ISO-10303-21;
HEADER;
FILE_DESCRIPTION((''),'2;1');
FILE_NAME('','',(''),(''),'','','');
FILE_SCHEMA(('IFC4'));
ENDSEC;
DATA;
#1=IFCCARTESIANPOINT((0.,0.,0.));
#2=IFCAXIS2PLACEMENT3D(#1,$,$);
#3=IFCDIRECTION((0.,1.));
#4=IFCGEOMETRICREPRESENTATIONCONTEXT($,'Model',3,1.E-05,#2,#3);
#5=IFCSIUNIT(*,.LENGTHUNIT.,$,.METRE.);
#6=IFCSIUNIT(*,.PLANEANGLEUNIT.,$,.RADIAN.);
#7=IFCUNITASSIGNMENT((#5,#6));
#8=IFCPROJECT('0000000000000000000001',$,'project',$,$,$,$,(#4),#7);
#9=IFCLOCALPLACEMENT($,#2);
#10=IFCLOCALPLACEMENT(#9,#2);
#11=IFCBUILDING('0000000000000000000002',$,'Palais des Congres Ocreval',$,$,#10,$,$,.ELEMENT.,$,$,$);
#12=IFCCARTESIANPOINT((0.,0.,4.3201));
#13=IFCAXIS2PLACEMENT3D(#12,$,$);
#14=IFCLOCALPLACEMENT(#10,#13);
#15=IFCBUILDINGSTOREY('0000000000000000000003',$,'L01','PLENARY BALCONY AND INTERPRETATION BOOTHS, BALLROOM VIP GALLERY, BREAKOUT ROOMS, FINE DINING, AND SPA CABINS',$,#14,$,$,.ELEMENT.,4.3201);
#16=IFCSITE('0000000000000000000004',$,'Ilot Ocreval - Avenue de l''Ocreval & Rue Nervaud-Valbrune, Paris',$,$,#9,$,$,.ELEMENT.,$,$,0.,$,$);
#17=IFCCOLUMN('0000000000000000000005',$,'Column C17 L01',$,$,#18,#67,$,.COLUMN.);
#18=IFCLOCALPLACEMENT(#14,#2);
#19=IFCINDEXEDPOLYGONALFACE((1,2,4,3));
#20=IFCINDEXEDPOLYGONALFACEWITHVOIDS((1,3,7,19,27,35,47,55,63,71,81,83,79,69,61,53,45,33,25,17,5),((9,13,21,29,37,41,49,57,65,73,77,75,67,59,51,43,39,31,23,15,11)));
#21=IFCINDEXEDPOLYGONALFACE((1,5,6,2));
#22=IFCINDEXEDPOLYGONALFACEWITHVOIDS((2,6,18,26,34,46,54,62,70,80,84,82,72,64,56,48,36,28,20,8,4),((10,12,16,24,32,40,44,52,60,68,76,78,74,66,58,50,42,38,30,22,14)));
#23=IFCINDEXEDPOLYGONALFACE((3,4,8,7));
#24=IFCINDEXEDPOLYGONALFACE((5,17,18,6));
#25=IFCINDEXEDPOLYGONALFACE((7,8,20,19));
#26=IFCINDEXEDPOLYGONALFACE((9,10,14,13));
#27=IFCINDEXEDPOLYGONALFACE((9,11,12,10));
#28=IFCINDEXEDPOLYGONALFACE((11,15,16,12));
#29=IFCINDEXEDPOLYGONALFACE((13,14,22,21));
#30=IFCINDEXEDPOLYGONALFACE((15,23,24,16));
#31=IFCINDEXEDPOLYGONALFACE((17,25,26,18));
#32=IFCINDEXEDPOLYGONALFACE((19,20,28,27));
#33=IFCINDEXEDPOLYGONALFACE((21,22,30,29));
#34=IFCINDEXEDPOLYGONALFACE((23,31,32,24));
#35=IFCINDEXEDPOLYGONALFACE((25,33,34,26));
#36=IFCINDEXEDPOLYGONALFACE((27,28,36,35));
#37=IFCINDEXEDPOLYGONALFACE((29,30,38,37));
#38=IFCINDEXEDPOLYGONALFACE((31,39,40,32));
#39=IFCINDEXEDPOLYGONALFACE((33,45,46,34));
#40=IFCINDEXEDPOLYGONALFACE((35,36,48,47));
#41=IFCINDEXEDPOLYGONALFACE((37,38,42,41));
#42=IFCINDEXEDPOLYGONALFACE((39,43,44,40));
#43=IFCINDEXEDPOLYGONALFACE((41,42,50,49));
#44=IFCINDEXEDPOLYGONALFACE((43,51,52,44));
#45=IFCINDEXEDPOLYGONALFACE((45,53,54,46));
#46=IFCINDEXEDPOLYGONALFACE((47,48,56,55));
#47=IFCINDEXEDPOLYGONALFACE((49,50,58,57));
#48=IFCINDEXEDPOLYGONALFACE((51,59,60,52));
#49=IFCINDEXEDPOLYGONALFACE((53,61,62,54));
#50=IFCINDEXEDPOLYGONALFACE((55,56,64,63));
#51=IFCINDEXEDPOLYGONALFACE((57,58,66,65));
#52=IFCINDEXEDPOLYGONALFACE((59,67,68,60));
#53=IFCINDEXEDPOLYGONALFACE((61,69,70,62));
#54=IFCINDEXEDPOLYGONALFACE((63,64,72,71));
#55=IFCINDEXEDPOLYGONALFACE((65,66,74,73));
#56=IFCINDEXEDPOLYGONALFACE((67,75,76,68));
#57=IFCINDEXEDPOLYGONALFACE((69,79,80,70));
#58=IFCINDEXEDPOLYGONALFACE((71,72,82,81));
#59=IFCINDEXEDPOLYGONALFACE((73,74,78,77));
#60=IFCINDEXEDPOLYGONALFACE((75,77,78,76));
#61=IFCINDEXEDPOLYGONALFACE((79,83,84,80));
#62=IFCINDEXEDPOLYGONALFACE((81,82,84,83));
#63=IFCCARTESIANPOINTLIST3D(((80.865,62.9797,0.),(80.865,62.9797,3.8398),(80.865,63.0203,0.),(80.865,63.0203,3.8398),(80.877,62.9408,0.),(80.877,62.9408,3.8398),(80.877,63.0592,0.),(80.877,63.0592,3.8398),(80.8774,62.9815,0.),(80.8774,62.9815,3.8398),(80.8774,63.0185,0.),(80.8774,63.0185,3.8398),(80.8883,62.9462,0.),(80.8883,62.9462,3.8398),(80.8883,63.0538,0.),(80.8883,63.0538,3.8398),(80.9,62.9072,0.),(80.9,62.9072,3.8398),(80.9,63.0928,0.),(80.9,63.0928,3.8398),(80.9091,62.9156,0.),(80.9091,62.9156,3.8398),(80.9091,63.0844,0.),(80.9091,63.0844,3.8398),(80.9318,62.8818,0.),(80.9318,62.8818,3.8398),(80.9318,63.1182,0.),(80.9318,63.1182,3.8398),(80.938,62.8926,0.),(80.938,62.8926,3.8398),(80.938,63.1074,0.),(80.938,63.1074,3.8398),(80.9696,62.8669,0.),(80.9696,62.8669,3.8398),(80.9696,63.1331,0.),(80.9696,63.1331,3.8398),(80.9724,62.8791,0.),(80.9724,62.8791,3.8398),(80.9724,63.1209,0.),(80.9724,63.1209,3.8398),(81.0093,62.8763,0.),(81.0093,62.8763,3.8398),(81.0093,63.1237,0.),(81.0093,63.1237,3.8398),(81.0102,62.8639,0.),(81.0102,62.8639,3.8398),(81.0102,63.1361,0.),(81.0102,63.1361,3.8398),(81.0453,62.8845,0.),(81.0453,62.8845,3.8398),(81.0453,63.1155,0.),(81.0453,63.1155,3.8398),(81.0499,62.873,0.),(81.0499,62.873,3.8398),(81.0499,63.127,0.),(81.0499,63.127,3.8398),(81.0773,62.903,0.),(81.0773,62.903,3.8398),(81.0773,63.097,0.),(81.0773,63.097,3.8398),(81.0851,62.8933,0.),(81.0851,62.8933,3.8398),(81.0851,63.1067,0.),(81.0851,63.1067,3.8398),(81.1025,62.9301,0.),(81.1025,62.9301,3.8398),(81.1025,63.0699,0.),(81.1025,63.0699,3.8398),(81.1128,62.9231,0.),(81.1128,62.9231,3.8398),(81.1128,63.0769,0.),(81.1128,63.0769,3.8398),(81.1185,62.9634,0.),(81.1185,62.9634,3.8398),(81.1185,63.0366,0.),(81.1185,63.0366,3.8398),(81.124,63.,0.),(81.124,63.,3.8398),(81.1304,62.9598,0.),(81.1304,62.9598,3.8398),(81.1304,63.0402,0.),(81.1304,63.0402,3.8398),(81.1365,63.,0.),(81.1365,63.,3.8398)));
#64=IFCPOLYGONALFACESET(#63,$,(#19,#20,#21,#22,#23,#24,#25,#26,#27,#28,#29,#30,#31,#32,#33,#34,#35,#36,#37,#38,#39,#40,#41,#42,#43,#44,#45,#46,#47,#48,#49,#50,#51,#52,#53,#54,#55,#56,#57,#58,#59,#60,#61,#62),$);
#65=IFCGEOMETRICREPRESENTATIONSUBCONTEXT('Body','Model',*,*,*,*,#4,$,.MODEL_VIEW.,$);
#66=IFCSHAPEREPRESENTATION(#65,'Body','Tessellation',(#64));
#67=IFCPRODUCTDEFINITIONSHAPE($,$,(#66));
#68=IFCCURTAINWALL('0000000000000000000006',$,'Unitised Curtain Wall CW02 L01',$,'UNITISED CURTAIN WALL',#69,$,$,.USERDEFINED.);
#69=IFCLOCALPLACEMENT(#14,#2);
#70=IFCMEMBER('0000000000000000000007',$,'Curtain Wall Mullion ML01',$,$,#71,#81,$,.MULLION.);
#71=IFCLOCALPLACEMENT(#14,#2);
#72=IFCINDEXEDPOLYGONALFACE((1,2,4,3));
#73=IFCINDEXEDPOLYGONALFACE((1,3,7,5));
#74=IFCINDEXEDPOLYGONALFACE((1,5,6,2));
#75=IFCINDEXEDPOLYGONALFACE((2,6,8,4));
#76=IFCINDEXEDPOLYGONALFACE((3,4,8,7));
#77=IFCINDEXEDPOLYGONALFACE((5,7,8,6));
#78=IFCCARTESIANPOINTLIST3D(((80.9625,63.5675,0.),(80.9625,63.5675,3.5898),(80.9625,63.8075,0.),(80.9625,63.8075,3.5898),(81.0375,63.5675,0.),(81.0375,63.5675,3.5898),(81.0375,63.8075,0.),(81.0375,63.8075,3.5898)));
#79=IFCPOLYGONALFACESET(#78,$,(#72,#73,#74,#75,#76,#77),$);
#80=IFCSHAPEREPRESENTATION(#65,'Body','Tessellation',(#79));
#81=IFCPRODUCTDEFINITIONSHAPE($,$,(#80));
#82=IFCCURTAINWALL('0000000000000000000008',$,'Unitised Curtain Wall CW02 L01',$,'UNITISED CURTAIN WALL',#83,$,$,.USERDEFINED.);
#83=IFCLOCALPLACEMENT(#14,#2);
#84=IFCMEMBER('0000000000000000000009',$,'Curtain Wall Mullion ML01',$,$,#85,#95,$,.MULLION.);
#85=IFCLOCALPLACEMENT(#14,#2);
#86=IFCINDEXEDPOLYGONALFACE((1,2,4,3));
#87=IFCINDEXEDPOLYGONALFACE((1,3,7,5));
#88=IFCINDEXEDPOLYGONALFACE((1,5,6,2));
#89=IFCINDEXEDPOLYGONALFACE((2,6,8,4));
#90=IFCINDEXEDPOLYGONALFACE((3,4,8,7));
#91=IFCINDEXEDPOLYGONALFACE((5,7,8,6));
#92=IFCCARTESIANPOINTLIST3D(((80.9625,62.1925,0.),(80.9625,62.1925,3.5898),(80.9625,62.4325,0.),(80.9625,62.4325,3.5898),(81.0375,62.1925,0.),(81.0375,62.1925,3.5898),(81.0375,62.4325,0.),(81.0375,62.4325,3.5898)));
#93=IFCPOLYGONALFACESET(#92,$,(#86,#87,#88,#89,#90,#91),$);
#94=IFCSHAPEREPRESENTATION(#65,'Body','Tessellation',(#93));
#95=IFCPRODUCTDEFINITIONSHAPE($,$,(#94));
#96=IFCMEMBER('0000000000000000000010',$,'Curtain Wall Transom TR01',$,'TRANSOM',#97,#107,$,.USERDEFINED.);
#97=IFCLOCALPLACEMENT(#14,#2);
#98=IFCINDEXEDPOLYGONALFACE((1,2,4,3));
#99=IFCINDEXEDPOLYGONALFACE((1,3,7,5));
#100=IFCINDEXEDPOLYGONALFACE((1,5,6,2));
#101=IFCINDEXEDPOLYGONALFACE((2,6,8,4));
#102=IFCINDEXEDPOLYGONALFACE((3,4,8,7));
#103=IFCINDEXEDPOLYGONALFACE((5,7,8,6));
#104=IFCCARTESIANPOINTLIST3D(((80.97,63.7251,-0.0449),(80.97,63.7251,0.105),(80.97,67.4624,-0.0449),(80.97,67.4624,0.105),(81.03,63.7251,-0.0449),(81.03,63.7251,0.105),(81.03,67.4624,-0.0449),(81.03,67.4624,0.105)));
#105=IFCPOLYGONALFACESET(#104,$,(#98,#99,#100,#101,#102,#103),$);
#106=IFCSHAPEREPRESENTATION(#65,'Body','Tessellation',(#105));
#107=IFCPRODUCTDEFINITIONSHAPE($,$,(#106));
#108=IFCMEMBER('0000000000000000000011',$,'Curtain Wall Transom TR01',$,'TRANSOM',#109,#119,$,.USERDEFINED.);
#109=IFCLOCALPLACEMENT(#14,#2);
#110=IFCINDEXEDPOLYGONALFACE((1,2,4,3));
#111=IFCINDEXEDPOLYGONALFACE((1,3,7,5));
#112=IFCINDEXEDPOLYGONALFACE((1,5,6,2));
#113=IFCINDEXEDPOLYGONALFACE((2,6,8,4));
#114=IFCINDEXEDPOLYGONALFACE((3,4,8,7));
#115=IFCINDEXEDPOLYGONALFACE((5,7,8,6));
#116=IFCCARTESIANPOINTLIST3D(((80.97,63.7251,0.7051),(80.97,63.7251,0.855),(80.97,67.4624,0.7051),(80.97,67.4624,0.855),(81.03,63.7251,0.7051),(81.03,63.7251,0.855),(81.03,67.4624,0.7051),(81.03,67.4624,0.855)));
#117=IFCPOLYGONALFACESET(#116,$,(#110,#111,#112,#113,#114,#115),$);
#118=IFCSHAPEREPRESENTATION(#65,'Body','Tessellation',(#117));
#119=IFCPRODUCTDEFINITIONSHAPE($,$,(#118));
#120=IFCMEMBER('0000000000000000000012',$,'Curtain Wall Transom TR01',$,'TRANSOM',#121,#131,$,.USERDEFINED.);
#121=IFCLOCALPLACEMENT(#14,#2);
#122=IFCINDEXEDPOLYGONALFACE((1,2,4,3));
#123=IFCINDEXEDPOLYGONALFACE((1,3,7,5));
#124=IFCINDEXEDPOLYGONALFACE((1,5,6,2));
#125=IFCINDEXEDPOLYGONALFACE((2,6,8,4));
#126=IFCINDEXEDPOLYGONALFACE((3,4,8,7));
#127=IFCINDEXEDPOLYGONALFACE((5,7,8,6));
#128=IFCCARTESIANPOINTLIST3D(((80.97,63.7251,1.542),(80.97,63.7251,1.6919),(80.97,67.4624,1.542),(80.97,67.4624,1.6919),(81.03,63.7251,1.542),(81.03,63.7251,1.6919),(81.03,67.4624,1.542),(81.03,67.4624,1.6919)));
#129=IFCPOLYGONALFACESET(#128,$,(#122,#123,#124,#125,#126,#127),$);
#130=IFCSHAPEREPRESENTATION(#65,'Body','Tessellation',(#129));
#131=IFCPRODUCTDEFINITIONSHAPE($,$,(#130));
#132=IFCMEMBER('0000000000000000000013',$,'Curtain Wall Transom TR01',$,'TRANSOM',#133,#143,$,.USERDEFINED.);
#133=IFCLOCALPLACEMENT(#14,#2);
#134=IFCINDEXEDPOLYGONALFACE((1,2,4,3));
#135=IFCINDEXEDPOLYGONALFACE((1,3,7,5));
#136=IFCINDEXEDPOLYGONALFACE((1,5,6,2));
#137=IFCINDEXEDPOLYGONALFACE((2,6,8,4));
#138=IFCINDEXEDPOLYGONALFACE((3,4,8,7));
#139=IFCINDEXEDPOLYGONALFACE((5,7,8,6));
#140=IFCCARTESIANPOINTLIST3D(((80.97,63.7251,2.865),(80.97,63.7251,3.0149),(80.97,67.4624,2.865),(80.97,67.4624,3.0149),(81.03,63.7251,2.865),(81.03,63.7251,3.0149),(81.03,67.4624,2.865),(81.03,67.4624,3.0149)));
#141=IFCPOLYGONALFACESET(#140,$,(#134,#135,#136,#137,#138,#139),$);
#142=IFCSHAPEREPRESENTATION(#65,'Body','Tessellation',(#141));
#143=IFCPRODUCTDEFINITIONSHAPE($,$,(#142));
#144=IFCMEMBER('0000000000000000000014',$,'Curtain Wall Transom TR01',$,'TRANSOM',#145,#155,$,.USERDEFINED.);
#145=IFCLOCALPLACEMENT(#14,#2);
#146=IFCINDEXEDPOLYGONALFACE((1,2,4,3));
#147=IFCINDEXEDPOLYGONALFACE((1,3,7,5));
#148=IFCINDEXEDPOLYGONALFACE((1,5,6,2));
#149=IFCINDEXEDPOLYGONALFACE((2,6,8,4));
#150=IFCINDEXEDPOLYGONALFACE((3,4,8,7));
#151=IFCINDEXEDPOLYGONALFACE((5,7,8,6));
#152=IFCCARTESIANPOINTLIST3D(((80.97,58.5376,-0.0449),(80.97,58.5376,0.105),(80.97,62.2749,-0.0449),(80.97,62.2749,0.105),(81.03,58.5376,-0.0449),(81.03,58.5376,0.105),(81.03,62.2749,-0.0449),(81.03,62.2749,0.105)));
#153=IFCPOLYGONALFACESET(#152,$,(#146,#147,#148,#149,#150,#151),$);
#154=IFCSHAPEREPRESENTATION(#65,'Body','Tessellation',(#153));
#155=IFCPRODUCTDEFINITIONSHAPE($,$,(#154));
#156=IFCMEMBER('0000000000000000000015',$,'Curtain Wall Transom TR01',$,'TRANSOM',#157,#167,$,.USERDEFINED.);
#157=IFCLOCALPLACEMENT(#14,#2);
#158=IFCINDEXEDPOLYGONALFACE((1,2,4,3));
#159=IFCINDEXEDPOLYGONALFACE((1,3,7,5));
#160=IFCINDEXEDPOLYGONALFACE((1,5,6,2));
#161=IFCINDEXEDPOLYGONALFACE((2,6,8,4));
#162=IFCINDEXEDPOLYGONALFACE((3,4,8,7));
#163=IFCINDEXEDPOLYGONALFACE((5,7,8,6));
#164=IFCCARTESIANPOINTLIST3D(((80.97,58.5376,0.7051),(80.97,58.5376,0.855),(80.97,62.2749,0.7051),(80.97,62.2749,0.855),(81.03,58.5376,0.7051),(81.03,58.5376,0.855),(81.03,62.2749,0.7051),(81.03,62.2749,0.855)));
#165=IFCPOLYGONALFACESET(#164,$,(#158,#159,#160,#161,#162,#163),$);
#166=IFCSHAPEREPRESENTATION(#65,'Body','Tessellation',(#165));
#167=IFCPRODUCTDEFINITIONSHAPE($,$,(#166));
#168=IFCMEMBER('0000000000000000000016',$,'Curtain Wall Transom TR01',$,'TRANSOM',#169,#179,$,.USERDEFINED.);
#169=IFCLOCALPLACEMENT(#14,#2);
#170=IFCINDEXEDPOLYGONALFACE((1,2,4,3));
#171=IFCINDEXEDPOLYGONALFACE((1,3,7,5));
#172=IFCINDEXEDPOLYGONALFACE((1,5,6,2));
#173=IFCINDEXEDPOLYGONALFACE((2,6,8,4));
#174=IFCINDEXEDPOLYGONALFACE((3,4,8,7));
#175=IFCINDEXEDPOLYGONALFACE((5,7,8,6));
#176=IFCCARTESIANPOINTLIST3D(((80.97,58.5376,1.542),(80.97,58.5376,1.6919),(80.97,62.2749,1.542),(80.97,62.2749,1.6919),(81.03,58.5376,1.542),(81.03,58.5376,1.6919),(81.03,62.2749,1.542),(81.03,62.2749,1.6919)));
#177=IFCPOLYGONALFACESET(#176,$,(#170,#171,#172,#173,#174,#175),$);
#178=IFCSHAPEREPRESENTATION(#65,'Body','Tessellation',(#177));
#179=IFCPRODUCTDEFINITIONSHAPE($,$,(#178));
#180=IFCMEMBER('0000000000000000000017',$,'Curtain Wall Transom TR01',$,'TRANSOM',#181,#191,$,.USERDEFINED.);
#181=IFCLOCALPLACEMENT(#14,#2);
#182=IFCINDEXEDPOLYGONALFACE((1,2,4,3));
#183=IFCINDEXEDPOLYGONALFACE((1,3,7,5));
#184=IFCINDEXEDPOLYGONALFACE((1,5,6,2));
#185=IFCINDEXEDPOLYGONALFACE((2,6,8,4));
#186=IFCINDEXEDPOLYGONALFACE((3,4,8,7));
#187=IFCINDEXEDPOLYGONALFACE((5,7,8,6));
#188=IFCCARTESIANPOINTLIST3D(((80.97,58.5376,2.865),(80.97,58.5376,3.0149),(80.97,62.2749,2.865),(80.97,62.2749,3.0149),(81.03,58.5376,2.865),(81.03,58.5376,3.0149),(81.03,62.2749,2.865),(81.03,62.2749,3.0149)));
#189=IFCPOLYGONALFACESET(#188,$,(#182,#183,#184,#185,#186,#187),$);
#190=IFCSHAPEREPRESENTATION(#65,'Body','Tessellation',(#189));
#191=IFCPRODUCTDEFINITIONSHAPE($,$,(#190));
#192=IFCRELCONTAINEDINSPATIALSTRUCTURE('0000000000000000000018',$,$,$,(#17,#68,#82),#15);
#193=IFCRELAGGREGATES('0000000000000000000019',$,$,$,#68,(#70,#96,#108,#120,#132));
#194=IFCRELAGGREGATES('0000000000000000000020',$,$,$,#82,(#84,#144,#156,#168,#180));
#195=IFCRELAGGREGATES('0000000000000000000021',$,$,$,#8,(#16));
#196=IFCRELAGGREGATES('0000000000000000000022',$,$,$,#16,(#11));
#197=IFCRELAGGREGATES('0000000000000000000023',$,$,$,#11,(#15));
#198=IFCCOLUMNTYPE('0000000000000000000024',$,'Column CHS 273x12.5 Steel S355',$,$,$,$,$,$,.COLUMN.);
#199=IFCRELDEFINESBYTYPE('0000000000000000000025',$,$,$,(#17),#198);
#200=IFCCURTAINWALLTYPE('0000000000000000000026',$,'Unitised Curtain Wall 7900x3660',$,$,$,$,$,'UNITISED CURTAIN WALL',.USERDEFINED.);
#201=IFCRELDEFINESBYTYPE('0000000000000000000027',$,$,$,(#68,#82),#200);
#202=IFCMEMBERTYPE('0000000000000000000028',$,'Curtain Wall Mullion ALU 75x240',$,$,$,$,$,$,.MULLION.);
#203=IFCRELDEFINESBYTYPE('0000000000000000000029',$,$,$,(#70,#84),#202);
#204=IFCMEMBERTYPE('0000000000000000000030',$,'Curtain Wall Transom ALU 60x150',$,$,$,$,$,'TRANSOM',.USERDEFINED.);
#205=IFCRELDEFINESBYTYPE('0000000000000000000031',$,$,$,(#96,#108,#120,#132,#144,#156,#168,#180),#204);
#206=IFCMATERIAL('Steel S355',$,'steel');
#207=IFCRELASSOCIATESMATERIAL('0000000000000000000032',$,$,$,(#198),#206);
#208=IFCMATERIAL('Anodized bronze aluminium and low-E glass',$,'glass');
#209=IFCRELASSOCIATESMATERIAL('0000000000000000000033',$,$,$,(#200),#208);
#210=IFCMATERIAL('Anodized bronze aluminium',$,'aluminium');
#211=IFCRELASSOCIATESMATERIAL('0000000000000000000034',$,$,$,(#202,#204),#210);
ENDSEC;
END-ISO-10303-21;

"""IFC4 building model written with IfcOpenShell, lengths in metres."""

from ifc_helpers import new_model, si_unit, direction, frame, origin, origin_2d, place, context, subcontext, project, spatial, rectangle, hollow_circle, extrude, material, material_profile, profile_set, type_object, element, aggregate, save


model = new_model("IFC4")

# Units and contexts
model_context = context("Model", 3, precision=1e-05, world=origin(), true_north=direction((0.0, 1.0)))
body_context = subcontext(model_context, "Body", "Model", "MODEL_VIEW")
ifc_project = project(units=[si_unit("LENGTHUNIT", "METRE"), si_unit("PLANEANGLEUNIT", "RADIAN")], contexts=[model_context])

# Site, building, storey
site_placement = place(None, origin())
site = spatial("IfcSite", under=ifc_project, at=site_placement, Name="Ilot Ocreval - Avenue de l'Ocreval & Rue Nervaud-Valbrune, Paris", CompositionType="ELEMENT", RefElevation=0.0)
building_placement = place(site_placement, origin())
building = spatial("IfcBuilding", under=site, at=building_placement, Name="Palais des Congres Ocreval", CompositionType="ELEMENT")
storey_placement = place(building_placement, frame((0.0, 0.0, 4.3201)))
storey = spatial("IfcBuildingStorey", under=building, at=storey_placement, Name="L01", Description="PLENARY BALCONY AND INTERPRETATION BOOTHS, BALLROOM VIP GALLERY, BREAKOUT ROOMS, FINE DINING, AND SPA CABINS", CompositionType="ELEMENT", Elevation=4.3201)

# Column
ifc_material_1 = material(Name="Steel S355", Category="steel")
ifc_material_profile_1 = material_profile(ifc_material_1, hollow_circle(Radius=0.1365, WallThickness=0.0125, at=origin_2d()), Name="CHS 273x12.5")
ifc_profile_set_1 = profile_set([ifc_material_profile_1], Name="Steel S355")
column_type = type_object("IfcColumnType", Name="Column CHS 273x12.5 Steel S355", PredefinedType="COLUMN", material=ifc_profile_set_1)
column_placement = place(storey_placement, frame((81.0, 63.0, 0.0), z_axis=(0.0, 0.0, 1.0), x_axis=(1.0, 0.0, 0.0)))
element("IfcColumn", 1, at=column_placement, inside=storey, type_object=column_type, Name="Column C17 L01", PredefinedType="COLUMN", context=body_context, shape_type="SweptSolid", body=[
    extrude(hollow_circle(Radius=0.1365, WallThickness=0.0125, at=origin_2d()), origin(), (0.0, 0.0, 1.0), 3.8398),
])

# Curtain walls, members
ifc_material_2 = material(Name="Anodized bronze aluminium and low-E glass", Category="glass")
curtain_wall_type = type_object("IfcCurtainWallType", Name="Unitised Curtain Wall 7900x3660", ElementType="UNITISED CURTAIN WALL", PredefinedType="USERDEFINED", material=ifc_material_2)
curtain_wall_1_placement = place(storey_placement, origin())
curtain_wall_1 = element("IfcCurtainWall", 2, at=curtain_wall_1_placement, inside=storey, type_object=curtain_wall_type, Name="Unitised Curtain Wall CW02 L01", ObjectType="UNITISED CURTAIN WALL", PredefinedType="USERDEFINED")
ifc_material_3 = material(Name="Anodized bronze aluminium", Category="aluminium")
ifc_material_profile_2 = material_profile(ifc_material_3, rectangle(XDim=0.075, YDim=0.24, at=origin_2d()), Name="ALU 75x240")
ifc_profile_set_2 = profile_set([ifc_material_profile_2], Name="Anodized bronze aluminium")
member_type_1 = type_object("IfcMemberType", Name="Curtain Wall Mullion ALU 75x240", PredefinedType="MULLION", material=ifc_profile_set_2)
member_1_placement = place(storey_placement, frame((81.0, 63.6875, 0.0), z_axis=(0.0, 0.0, 1.0), x_axis=(1.0, 0.0, 0.0)))
member_1 = element("IfcMember", 3, at=member_1_placement, type_object=member_type_1, Name="Curtain Wall Mullion ML01", PredefinedType="MULLION", context=body_context, shape_type="SweptSolid", body=[
    extrude(rectangle(XDim=0.075, YDim=0.24, at=origin_2d()), origin(), (0.0, 0.0, 1.0), 3.5898),
])
curtain_wall_2_placement = place(storey_placement, origin())
curtain_wall_2 = element("IfcCurtainWall", 4, at=curtain_wall_2_placement, inside=storey, type_object=curtain_wall_type, Name="Unitised Curtain Wall CW02 L01", ObjectType="UNITISED CURTAIN WALL", PredefinedType="USERDEFINED")
member_2_placement = place(storey_placement, frame((81.0, 62.3125, 0.0), z_axis=(0.0, 0.0, 1.0), x_axis=(1.0, 0.0, 0.0)))
member_2 = element("IfcMember", 5, at=member_2_placement, type_object=member_type_1, Name="Curtain Wall Mullion ML01", PredefinedType="MULLION", context=body_context, shape_type="SweptSolid", body=[
    extrude(rectangle(XDim=0.075, YDim=0.24, at=origin_2d()), origin(), (0.0, 0.0, 1.0), 3.5898),
])

# Members
ifc_material_profile_3 = material_profile(ifc_material_3, rectangle(XDim=0.0601, YDim=0.1499, at=origin_2d()), Name="ALU 60x150")
ifc_profile_set_3 = profile_set([ifc_material_profile_3], Name="Anodized bronze aluminium")
member_type_2 = type_object("IfcMemberType", Name="Curtain Wall Transom ALU 60x150", ElementType="TRANSOM", PredefinedType="USERDEFINED", material=ifc_profile_set_3)
member_3_placement = place(storey_placement, frame((81.0, 67.4624, 0.03), z_axis=(0.0, -1.0, 0.0), x_axis=(1.0, 0.0, 0.0)))
member_3 = element("IfcMember", 6, at=member_3_placement, type_object=member_type_2, Name="Curtain Wall Transom TR01", ObjectType="TRANSOM", PredefinedType="USERDEFINED", context=body_context, shape_type="SweptSolid", body=[
    extrude(rectangle(XDim=0.0601, YDim=0.1499, at=origin_2d()), origin(), (0.0, 0.0, 1.0), 3.7373),
])
member_4_placement = place(storey_placement, frame((81.0, 67.4624, 0.78), z_axis=(0.0, -1.0, 0.0), x_axis=(1.0, 0.0, 0.0)))
member_4 = element("IfcMember", 7, at=member_4_placement, type_object=member_type_2, Name="Curtain Wall Transom TR01", ObjectType="TRANSOM", PredefinedType="USERDEFINED", context=body_context, shape_type="SweptSolid", body=[
    extrude(rectangle(XDim=0.0601, YDim=0.1499, at=origin_2d()), origin(), (0.0, 0.0, 1.0), 3.7373),
])
member_5_placement = place(storey_placement, frame((81.0, 67.4624, 1.6169), z_axis=(0.0, -1.0, 0.0), x_axis=(1.0, 0.0, 0.0)))
member_5 = element("IfcMember", 8, at=member_5_placement, type_object=member_type_2, Name="Curtain Wall Transom TR01", ObjectType="TRANSOM", PredefinedType="USERDEFINED", context=body_context, shape_type="SweptSolid", body=[
    extrude(rectangle(XDim=0.0601, YDim=0.1499, at=origin_2d()), origin(), (0.0, 0.0, 1.0), 3.7373),
])
member_6_placement = place(storey_placement, frame((81.0, 67.4624, 2.9399), z_axis=(0.0, -1.0, 0.0), x_axis=(1.0, 0.0, 0.0)))
member_6 = element("IfcMember", 9, at=member_6_placement, type_object=member_type_2, Name="Curtain Wall Transom TR01", ObjectType="TRANSOM", PredefinedType="USERDEFINED", context=body_context, shape_type="SweptSolid", body=[
    extrude(rectangle(XDim=0.0601, YDim=0.1499, at=origin_2d()), origin(), (0.0, 0.0, 1.0), 3.7373),
])
member_7_placement = place(storey_placement, frame((81.0, 62.2749, 0.03), z_axis=(0.0, -1.0, 0.0), x_axis=(1.0, 0.0, 0.0)))
member_7 = element("IfcMember", 10, at=member_7_placement, type_object=member_type_2, Name="Curtain Wall Transom TR01", ObjectType="TRANSOM", PredefinedType="USERDEFINED", context=body_context, shape_type="SweptSolid", body=[
    extrude(rectangle(XDim=0.0601, YDim=0.1499, at=origin_2d()), origin(), (0.0, 0.0, 1.0), 3.7373),
])
member_8_placement = place(storey_placement, frame((81.0, 62.2749, 0.78), z_axis=(0.0, -1.0, 0.0), x_axis=(1.0, 0.0, 0.0)))
member_8 = element("IfcMember", 11, at=member_8_placement, type_object=member_type_2, Name="Curtain Wall Transom TR01", ObjectType="TRANSOM", PredefinedType="USERDEFINED", context=body_context, shape_type="SweptSolid", body=[
    extrude(rectangle(XDim=0.0601, YDim=0.1499, at=origin_2d()), origin(), (0.0, 0.0, 1.0), 3.7373),
])
member_9_placement = place(storey_placement, frame((81.0, 62.2749, 1.6169), z_axis=(0.0, -1.0, 0.0), x_axis=(1.0, 0.0, 0.0)))
member_9 = element("IfcMember", 12, at=member_9_placement, type_object=member_type_2, Name="Curtain Wall Transom TR01", ObjectType="TRANSOM", PredefinedType="USERDEFINED", context=body_context, shape_type="SweptSolid", body=[
    extrude(rectangle(XDim=0.0601, YDim=0.1499, at=origin_2d()), origin(), (0.0, 0.0, 1.0), 3.7373),
])
member_10_placement = place(storey_placement, frame((81.0, 62.2749, 2.9399), z_axis=(0.0, -1.0, 0.0), x_axis=(1.0, 0.0, 0.0)))
member_10 = element("IfcMember", 13, at=member_10_placement, type_object=member_type_2, Name="Curtain Wall Transom TR01", ObjectType="TRANSOM", PredefinedType="USERDEFINED", context=body_context, shape_type="SweptSolid", body=[
    extrude(rectangle(XDim=0.0601, YDim=0.1499, at=origin_2d()), origin(), (0.0, 0.0, 1.0), 3.7373),
])

aggregate(curtain_wall_1, [member_1, member_3, member_4, member_5, member_6])
aggregate(curtain_wall_2, [member_2, member_7, member_8, member_9, member_10])

save(model, "model.ifc")
